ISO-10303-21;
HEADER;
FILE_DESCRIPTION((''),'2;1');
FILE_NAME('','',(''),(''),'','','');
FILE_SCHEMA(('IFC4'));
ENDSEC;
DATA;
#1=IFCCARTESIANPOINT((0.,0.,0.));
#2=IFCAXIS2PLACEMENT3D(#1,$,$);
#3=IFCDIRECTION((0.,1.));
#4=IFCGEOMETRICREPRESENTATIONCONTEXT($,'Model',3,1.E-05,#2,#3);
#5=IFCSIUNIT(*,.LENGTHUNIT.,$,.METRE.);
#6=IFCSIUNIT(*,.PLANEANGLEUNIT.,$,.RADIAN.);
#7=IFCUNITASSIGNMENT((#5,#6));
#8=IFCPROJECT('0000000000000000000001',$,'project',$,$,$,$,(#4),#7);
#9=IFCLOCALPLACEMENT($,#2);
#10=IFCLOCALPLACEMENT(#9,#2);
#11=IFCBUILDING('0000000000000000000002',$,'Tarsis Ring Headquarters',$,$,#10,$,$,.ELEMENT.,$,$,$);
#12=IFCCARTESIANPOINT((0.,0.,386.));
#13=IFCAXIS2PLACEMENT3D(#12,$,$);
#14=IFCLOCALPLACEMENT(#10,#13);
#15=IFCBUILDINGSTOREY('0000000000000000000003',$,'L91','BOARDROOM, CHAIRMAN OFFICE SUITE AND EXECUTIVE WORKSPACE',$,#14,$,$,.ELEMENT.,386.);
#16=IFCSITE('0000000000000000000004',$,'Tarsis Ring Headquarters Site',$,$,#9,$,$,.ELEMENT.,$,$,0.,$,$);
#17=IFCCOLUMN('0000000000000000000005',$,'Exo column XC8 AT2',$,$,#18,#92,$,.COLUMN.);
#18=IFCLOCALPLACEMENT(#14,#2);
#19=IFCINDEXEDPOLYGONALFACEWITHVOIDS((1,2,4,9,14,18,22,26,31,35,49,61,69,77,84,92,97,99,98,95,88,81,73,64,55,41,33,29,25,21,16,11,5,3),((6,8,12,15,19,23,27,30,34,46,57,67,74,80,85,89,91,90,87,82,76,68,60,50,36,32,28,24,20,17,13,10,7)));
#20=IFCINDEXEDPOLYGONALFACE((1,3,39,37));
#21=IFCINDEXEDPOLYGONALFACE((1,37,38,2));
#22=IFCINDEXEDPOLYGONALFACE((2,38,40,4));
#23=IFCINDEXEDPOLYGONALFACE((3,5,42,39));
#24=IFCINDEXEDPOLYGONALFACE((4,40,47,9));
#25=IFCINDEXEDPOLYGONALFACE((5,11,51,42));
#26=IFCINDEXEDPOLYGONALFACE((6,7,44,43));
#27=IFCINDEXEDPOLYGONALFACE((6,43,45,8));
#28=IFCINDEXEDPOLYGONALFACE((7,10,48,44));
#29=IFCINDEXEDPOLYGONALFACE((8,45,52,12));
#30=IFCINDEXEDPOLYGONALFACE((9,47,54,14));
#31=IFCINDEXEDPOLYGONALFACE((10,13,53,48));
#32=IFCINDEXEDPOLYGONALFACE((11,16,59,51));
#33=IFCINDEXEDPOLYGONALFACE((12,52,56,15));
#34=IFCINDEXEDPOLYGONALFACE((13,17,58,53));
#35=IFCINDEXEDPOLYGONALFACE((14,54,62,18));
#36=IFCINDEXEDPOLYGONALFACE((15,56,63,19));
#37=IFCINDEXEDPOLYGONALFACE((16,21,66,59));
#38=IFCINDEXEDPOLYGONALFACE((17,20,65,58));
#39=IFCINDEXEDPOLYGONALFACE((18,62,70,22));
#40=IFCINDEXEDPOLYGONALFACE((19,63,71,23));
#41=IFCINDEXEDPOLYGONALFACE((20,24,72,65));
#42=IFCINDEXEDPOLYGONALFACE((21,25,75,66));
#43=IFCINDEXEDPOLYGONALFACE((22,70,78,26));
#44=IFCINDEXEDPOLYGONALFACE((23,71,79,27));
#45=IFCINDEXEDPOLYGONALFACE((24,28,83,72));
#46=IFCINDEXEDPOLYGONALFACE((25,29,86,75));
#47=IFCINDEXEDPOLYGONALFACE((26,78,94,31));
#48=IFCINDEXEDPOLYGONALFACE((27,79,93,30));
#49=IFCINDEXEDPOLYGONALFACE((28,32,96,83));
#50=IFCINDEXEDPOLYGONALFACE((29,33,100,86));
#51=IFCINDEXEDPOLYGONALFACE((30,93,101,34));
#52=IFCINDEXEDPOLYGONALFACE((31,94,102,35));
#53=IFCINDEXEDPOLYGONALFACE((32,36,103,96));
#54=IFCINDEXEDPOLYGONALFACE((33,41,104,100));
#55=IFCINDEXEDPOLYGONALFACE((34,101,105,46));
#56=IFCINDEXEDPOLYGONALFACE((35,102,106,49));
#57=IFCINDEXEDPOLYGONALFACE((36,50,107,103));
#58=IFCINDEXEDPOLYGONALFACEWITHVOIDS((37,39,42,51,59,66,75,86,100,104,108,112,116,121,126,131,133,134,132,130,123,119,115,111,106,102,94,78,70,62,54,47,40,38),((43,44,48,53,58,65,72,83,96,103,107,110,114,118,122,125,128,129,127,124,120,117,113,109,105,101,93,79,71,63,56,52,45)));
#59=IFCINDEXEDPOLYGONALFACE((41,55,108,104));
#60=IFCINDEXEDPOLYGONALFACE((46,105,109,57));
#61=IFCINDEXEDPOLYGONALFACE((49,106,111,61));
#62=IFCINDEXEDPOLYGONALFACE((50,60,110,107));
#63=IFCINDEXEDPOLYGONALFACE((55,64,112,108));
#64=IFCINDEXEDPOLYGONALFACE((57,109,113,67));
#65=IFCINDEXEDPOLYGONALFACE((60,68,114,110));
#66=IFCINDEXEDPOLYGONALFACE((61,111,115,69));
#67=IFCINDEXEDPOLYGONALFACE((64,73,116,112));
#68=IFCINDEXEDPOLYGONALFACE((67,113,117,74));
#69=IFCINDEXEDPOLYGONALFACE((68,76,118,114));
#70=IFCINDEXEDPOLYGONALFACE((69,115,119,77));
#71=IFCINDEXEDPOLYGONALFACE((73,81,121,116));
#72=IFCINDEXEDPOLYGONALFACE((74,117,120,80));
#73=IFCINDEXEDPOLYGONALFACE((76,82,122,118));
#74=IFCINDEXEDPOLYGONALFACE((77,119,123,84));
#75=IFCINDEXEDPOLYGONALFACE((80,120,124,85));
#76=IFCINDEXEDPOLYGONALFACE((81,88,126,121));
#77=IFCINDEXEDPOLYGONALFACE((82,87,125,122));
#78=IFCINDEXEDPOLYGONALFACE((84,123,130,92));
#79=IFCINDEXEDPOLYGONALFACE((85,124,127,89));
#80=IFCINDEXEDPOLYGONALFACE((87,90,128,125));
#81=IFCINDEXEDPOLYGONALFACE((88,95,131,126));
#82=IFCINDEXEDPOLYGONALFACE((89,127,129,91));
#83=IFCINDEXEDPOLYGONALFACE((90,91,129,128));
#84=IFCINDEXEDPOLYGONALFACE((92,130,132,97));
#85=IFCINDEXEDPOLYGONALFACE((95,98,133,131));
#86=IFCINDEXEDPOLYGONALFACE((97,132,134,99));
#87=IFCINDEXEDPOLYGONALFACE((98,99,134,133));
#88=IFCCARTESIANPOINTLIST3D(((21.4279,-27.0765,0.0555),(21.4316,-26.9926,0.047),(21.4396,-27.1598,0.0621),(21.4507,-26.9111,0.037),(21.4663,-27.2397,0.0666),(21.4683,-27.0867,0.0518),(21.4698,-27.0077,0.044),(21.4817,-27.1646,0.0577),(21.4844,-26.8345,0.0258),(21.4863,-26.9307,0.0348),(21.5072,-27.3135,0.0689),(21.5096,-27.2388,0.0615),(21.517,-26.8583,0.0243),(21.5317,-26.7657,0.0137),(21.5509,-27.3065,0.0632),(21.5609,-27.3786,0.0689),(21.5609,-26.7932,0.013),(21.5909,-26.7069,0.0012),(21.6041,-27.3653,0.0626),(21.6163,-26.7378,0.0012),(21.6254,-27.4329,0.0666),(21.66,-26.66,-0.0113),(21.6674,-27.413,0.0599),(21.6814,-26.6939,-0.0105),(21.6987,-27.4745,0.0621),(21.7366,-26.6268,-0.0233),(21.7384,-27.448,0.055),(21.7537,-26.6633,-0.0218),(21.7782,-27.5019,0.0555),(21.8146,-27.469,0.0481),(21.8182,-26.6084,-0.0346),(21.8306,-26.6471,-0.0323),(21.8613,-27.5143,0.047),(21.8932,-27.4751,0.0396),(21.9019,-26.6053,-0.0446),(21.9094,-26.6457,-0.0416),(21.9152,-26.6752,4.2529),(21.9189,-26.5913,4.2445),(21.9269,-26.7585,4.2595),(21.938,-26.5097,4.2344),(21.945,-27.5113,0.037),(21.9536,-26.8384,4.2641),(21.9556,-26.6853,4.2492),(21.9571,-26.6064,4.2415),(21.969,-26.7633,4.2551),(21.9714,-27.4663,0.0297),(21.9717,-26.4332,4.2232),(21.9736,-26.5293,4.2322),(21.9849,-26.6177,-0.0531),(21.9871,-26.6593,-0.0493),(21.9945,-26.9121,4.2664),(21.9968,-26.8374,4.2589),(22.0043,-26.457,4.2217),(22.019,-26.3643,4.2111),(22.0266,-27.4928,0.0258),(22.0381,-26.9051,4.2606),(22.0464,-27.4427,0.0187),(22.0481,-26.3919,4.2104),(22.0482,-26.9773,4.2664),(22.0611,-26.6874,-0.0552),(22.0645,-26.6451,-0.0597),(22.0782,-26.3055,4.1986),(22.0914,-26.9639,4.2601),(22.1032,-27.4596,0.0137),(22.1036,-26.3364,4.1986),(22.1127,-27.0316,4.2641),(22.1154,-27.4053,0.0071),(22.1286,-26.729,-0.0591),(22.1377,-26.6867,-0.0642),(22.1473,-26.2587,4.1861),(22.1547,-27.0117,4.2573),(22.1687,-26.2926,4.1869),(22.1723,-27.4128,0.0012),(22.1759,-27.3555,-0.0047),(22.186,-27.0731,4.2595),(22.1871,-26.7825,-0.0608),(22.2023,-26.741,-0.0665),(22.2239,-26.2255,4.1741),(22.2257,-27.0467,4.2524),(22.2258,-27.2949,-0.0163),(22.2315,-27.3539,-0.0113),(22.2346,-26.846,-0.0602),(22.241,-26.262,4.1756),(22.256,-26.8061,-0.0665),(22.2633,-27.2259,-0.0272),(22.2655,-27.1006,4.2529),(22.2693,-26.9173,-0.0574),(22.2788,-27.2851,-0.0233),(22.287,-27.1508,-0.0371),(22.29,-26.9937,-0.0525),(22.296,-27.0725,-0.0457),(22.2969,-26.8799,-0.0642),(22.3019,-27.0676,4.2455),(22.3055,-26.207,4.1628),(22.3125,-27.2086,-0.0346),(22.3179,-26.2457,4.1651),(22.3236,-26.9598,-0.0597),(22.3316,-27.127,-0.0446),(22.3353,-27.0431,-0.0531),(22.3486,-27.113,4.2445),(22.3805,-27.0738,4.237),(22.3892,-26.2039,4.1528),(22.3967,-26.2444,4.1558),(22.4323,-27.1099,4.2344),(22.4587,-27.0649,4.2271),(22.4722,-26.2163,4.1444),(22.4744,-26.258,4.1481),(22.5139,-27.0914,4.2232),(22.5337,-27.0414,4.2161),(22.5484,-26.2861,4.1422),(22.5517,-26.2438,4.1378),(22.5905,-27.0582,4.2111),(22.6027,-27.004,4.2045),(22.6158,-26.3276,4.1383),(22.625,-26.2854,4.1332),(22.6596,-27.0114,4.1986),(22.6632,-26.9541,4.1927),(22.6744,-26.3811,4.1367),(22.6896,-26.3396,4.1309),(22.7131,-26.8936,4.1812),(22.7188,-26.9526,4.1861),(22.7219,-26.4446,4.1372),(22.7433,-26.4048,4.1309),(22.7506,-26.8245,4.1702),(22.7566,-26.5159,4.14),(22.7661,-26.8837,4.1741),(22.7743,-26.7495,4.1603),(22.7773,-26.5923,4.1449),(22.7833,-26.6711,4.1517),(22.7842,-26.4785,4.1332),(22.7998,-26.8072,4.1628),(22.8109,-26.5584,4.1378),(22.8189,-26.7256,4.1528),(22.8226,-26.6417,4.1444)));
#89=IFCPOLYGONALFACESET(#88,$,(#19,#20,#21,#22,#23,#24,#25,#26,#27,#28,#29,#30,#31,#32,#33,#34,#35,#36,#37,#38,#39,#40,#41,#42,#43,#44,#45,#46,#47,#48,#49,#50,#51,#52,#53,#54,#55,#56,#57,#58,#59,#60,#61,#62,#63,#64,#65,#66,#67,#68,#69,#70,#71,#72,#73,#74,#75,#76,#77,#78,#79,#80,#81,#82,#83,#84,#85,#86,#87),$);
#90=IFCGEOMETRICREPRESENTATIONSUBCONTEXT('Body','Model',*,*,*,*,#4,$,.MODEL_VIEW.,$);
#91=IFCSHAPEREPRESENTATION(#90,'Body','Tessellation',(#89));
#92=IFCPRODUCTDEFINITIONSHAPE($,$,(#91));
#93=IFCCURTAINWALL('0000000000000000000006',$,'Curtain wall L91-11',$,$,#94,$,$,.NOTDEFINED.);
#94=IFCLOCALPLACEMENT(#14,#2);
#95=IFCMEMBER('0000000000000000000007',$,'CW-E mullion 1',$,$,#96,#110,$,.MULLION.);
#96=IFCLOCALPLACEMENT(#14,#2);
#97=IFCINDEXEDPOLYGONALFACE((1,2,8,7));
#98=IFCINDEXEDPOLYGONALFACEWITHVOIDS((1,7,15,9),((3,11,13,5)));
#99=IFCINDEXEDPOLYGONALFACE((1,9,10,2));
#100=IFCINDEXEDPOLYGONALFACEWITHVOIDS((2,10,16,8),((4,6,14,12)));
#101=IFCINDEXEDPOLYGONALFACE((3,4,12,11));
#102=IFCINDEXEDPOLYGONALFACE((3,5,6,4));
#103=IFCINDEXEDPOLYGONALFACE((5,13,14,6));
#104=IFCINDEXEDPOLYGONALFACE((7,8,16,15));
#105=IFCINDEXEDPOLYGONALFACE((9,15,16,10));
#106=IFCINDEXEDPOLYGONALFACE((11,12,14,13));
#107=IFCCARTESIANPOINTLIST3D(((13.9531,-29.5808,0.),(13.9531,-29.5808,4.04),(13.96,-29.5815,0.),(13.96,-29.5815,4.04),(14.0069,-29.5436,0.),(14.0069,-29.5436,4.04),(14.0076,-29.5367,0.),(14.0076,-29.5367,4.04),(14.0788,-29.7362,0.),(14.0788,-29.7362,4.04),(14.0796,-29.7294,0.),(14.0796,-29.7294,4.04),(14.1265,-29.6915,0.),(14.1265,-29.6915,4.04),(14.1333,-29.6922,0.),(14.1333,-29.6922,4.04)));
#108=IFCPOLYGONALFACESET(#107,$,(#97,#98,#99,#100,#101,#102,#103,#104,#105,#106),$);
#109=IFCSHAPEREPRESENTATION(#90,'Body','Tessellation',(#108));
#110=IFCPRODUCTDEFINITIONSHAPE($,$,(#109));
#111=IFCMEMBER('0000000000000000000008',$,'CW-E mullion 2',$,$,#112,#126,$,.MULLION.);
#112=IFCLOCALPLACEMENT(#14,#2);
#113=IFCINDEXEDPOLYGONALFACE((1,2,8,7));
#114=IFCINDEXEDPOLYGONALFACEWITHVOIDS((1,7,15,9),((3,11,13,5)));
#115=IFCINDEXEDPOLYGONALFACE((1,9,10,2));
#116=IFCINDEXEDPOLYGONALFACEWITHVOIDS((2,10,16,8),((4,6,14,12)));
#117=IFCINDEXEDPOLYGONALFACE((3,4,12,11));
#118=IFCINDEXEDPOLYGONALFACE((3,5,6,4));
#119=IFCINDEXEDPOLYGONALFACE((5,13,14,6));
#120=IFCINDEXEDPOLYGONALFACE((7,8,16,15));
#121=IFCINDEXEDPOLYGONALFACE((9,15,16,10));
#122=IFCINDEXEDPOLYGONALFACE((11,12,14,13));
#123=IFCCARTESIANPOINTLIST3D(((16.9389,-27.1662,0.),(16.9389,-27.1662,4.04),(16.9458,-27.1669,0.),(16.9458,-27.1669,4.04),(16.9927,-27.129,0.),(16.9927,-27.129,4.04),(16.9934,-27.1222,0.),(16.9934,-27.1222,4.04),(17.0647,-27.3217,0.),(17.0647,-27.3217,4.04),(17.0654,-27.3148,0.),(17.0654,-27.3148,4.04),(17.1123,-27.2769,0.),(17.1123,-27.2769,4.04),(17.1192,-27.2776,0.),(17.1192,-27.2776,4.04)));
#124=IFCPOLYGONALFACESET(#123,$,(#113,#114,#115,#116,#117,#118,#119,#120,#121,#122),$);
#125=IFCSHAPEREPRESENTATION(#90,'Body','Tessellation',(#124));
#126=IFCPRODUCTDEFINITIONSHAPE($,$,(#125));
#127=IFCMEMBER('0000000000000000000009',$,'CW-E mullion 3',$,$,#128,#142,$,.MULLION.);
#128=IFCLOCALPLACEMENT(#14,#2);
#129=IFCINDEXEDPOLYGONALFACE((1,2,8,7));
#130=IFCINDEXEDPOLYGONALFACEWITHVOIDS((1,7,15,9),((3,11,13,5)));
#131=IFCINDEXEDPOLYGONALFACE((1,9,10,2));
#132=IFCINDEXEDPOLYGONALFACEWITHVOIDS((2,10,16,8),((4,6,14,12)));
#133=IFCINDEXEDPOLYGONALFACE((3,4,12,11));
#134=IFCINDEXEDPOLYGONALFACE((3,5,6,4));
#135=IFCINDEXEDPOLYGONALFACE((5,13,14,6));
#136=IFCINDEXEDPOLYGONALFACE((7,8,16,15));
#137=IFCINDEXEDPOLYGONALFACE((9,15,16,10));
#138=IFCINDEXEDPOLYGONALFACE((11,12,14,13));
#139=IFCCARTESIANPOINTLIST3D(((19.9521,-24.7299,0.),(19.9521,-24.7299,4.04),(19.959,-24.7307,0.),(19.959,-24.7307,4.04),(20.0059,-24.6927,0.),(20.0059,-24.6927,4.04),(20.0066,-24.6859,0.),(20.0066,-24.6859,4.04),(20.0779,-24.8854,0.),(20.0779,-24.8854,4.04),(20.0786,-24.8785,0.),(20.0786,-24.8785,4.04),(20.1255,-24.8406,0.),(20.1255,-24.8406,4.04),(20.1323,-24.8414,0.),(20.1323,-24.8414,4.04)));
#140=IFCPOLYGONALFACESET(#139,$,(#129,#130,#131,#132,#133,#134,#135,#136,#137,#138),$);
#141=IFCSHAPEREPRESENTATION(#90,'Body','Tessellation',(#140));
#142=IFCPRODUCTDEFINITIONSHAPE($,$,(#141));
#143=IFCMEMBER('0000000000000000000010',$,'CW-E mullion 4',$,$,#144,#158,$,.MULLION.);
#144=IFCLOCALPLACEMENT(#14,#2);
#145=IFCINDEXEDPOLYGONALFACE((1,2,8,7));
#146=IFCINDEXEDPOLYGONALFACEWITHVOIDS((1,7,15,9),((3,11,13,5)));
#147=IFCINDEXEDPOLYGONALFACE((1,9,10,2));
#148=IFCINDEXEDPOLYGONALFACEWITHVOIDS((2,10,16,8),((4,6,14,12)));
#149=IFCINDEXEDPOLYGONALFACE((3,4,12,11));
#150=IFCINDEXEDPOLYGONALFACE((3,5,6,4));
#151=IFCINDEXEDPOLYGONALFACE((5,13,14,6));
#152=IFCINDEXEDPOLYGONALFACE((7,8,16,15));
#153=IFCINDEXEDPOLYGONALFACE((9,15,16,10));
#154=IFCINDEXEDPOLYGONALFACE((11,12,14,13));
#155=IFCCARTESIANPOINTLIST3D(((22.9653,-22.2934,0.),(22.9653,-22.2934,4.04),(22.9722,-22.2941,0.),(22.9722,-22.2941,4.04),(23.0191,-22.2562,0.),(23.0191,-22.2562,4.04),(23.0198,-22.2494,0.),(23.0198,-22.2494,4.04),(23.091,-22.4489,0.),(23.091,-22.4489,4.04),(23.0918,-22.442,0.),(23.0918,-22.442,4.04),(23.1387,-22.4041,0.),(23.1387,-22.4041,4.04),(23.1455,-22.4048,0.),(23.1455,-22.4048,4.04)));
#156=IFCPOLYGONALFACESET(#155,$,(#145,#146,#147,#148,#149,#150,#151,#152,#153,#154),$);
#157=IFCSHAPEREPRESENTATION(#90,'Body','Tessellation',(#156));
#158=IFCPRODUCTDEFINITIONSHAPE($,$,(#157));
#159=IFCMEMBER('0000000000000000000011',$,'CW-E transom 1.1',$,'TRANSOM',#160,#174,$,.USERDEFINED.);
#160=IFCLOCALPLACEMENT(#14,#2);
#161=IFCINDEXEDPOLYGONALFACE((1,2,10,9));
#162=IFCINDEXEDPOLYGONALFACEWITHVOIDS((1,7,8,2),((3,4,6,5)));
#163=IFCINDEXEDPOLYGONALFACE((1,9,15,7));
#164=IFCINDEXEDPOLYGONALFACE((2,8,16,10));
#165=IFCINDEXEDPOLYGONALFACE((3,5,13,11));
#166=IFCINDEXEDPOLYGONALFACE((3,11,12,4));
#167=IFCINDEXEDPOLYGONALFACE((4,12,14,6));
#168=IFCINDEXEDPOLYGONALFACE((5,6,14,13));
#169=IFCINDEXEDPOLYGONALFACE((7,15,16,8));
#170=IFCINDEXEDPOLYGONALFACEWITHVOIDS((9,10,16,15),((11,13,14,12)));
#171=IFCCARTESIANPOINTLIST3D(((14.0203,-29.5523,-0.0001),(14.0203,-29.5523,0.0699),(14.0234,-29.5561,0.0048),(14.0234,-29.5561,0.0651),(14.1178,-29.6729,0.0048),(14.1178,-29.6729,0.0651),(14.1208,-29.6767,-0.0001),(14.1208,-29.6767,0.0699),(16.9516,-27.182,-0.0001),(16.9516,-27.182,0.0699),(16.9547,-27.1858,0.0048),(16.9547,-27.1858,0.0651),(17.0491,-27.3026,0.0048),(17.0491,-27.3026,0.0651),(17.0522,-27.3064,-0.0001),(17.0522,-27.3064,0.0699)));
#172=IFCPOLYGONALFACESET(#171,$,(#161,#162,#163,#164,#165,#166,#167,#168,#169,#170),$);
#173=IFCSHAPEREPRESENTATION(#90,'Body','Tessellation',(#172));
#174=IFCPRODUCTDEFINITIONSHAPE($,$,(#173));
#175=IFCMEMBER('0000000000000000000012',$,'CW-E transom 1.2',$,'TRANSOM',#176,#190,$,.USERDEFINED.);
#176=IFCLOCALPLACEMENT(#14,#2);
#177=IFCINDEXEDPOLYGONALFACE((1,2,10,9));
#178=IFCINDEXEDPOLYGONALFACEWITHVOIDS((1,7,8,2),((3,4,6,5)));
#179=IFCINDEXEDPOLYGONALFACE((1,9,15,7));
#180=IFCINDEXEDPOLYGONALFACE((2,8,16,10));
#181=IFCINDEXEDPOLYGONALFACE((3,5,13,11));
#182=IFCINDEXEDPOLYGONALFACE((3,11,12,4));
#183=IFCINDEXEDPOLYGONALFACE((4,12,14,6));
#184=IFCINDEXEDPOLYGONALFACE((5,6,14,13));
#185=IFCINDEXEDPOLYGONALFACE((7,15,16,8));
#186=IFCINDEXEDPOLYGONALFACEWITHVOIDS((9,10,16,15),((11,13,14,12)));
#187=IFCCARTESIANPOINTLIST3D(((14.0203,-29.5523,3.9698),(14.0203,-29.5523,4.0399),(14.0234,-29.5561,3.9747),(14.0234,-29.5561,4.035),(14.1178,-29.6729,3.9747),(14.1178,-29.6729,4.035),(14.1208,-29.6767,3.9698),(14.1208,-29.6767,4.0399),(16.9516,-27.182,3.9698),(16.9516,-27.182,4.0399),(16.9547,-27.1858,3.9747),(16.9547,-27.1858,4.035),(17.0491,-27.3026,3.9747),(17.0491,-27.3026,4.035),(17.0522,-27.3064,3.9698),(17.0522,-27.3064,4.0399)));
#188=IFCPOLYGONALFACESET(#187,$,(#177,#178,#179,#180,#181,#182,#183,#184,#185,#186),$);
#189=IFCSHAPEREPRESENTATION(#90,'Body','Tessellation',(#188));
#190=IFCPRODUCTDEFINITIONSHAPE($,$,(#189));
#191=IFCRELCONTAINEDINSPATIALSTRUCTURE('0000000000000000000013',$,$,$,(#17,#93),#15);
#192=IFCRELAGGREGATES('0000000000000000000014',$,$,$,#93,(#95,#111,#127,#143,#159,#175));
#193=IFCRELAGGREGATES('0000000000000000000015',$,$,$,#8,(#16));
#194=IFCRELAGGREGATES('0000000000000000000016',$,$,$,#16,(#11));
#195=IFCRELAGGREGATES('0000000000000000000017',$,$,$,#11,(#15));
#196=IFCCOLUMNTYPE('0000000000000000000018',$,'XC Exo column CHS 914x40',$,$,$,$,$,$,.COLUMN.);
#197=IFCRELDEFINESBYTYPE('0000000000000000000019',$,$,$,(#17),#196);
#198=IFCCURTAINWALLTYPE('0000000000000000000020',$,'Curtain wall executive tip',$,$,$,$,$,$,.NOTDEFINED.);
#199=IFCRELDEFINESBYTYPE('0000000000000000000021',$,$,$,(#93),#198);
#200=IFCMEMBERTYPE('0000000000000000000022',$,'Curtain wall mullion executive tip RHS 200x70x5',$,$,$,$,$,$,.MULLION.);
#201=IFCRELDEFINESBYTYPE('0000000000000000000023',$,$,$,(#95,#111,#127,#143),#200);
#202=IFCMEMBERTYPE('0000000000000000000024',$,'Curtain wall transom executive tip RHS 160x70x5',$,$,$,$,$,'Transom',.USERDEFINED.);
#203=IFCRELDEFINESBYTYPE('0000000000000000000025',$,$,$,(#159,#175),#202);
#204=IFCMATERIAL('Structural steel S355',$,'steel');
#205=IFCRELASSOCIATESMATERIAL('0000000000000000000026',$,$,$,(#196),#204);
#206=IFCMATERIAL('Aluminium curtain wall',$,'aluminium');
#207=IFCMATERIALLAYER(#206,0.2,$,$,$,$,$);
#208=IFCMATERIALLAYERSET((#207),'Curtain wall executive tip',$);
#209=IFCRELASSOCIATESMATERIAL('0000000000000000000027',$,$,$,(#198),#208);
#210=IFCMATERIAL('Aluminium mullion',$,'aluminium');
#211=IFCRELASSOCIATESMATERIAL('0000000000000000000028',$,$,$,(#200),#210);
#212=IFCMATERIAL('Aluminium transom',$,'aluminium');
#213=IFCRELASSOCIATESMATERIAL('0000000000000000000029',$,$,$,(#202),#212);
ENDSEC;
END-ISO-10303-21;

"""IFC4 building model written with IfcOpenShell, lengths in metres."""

from ifc_helpers import new_model, si_unit, direction, frame, origin, origin_2d, place, context, subcontext, project, spatial, hollow_rectangle, hollow_circle, extrude, material, layer, layer_set, material_profile, profile_set, type_object, element, aggregate, save


model = new_model("IFC4")

# Units and contexts
model_context = context("Model", 3, precision=1e-05, world=origin(), true_north=direction((0.0, 1.0)))
body_context = subcontext(model_context, "Body", "Model", "MODEL_VIEW")
ifc_project = project(units=[si_unit("LENGTHUNIT", "METRE"), si_unit("PLANEANGLEUNIT", "RADIAN")], contexts=[model_context])

# Site, building, storey
site_placement = place(None, origin())
site = spatial("IfcSite", under=ifc_project, at=site_placement, Name="Tarsis Ring Headquarters Site", CompositionType="ELEMENT", RefElevation=0.0)
building_placement = place(site_placement, origin())
building = spatial("IfcBuilding", under=site, at=building_placement, Name="Tarsis Ring Headquarters", CompositionType="ELEMENT")
storey_placement = place(building_placement, frame((0.0, 0.0, 386.0)))
storey = spatial("IfcBuildingStorey", under=building, at=storey_placement, Name="L91", Description="BOARDROOM, CHAIRMAN OFFICE SUITE AND EXECUTIVE WORKSPACE", CompositionType="ELEMENT", Elevation=386.0)

# Column
ifc_material_1 = material(Name="Structural steel S355", Category="steel")
ifc_material_profile_1 = material_profile(ifc_material_1, hollow_circle(Radius=0.457, WallThickness=0.04, at=origin_2d()), Name="CHS 914x40")
ifc_profile_set_1 = profile_set([ifc_material_profile_1], Name="Structural steel S355")
column_type = type_object("IfcColumnType", Name="XC Exo column CHS 914x40", PredefinedType="COLUMN", material=ifc_profile_set_1)
column_placement = place(storey_placement, frame((21.8816, -27.0598, 0.0012), z_axis=(0.114803, 0.094557, 0.988878), x_axis=(-0.635761, 0.771886, 0.0)))
element("IfcColumn", 1, at=column_placement, inside=storey, type_object=column_type, Name="Exo column XC8 AT2", PredefinedType="COLUMN", context=body_context, shape_type="SweptSolid", body=[
    extrude(hollow_circle(Radius=0.4573, WallThickness=0.04, at=origin_2d()), origin(), (0.0, 0.0, 1.0), 4.2446),
])

# Curtain wall, members
ifc_material_2 = material(Name="Aluminium curtain wall", Category="aluminium")
ifc_layer_1 = layer(ifc_material_2, 0.2)
ifc_layer_set_1 = layer_set([ifc_layer_1], Name="Curtain wall executive tip")
curtain_wall_type = type_object("IfcCurtainWallType", Name="Curtain wall executive tip", PredefinedType="NOTDEFINED", material=ifc_layer_set_1)
curtain_wall_placement = place(storey_placement, origin())
curtain_wall = element("IfcCurtainWall", 2, at=curtain_wall_placement, inside=storey, type_object=curtain_wall_type, Name="Curtain wall L91-11", PredefinedType="NOTDEFINED")
ifc_material_3 = material(Name="Aluminium mullion", Category="aluminium")
ifc_material_profile_2 = material_profile(ifc_material_3, hollow_rectangle(XDim=0.2, YDim=0.0701, WallThickness=0.0049, at=origin_2d()), Name="RHS 200x70x5")
ifc_profile_set_2 = profile_set([ifc_material_profile_2], Name="Aluminium mullion")
member_type_1 = type_object("IfcMemberType", Name="Curtain wall mullion executive tip RHS 200x70x5", PredefinedType="MULLION", material=ifc_profile_set_2)
member_1_placement = place(storey_placement, frame((14.0432, -29.6365, 0.0), z_axis=(0.0, 0.0, 1.0), x_axis=(-0.628778, 0.777585, 0.0)))
member_1 = element("IfcMember", 3, at=member_1_placement, type_object=member_type_1, Name="CW-E mullion 1", PredefinedType="MULLION", context=body_context, shape_type="SweptSolid", body=[
    extrude(hollow_rectangle(XDim=0.2, YDim=0.0701, WallThickness=0.0049, at=origin_2d()), origin(), (0.0, 0.0, 1.0), 4.04),
])
member_2_placement = place(storey_placement, frame((17.0291, -27.2219, 0.0), z_axis=(0.0, 0.0, 1.0), x_axis=(-0.628778, 0.777585, 0.0)))
member_2 = element("IfcMember", 4, at=member_2_placement, type_object=member_type_1, Name="CW-E mullion 2", PredefinedType="MULLION", context=body_context, shape_type="SweptSolid", body=[
    extrude(hollow_rectangle(XDim=0.2, YDim=0.0701, WallThickness=0.0049, at=origin_2d()), origin(), (0.0, 0.0, 1.0), 4.04),
])
member_3_placement = place(storey_placement, frame((20.0422, -24.7856, 0.0), z_axis=(0.0, 0.0, 1.0), x_axis=(-0.628778, 0.777585, 0.0)))
member_3 = element("IfcMember", 5, at=member_3_placement, type_object=member_type_1, Name="CW-E mullion 3", PredefinedType="MULLION", context=body_context, shape_type="SweptSolid", body=[
    extrude(hollow_rectangle(XDim=0.2, YDim=0.0701, WallThickness=0.0049, at=origin_2d()), origin(), (0.0, 0.0, 1.0), 4.04),
])
member_4_placement = place(storey_placement, frame((23.0554, -22.3491, 0.0), z_axis=(0.0, 0.0, 1.0), x_axis=(-0.628778, 0.777585, 0.0)))
member_4 = element("IfcMember", 6, at=member_4_placement, type_object=member_type_1, Name="CW-E mullion 4", PredefinedType="MULLION", context=body_context, shape_type="SweptSolid", body=[
    extrude(hollow_rectangle(XDim=0.2, YDim=0.0701, WallThickness=0.0049, at=origin_2d()), origin(), (0.0, 0.0, 1.0), 4.04),
])
ifc_material_4 = material(Name="Aluminium transom", Category="aluminium")
ifc_material_profile_3 = material_profile(ifc_material_4, hollow_rectangle(XDim=0.1599, YDim=0.0701, WallThickness=0.0049, at=origin_2d()), Name="RHS 160x70x5")
ifc_profile_set_3 = profile_set([ifc_material_profile_3], Name="Aluminium transom")
member_type_2 = type_object("IfcMemberType", Name="Curtain wall transom executive tip RHS 160x70x5", ElementType="Transom", PredefinedType="USERDEFINED", material=ifc_profile_set_3)
member_5_placement = place(storey_placement, frame((14.0706, -29.6145, 0.0349), z_axis=(0.777592, 0.62877, 0.0), x_axis=(-0.62877, 0.777592, 0.0)))
member_5 = element("IfcMember", 7, at=member_5_placement, type_object=member_type_2, Name="CW-E transom 1.1", ObjectType="TRANSOM", PredefinedType="USERDEFINED", context=body_context, shape_type="SweptSolid", body=[
    extrude(hollow_rectangle(XDim=0.1599, YDim=0.0701, WallThickness=0.0049, at=origin_2d()), origin(), (0.0, 0.0, 1.0), 3.7698),
])
member_6_placement = place(storey_placement, frame((14.0706, -29.6145, 4.0049), z_axis=(0.777592, 0.62877, 0.0), x_axis=(-0.62877, 0.777592, 0.0)))
member_6 = element("IfcMember", 8, at=member_6_placement, type_object=member_type_2, Name="CW-E transom 1.2", ObjectType="TRANSOM", PredefinedType="USERDEFINED", context=body_context, shape_type="SweptSolid", body=[
    extrude(hollow_rectangle(XDim=0.1599, YDim=0.0701, WallThickness=0.0049, at=origin_2d()), origin(), (0.0, 0.0, 1.0), 3.7698),
])

aggregate(curtain_wall, [member_1, member_2, member_3, member_4, member_5, member_6])

save(model, "model.ifc")
